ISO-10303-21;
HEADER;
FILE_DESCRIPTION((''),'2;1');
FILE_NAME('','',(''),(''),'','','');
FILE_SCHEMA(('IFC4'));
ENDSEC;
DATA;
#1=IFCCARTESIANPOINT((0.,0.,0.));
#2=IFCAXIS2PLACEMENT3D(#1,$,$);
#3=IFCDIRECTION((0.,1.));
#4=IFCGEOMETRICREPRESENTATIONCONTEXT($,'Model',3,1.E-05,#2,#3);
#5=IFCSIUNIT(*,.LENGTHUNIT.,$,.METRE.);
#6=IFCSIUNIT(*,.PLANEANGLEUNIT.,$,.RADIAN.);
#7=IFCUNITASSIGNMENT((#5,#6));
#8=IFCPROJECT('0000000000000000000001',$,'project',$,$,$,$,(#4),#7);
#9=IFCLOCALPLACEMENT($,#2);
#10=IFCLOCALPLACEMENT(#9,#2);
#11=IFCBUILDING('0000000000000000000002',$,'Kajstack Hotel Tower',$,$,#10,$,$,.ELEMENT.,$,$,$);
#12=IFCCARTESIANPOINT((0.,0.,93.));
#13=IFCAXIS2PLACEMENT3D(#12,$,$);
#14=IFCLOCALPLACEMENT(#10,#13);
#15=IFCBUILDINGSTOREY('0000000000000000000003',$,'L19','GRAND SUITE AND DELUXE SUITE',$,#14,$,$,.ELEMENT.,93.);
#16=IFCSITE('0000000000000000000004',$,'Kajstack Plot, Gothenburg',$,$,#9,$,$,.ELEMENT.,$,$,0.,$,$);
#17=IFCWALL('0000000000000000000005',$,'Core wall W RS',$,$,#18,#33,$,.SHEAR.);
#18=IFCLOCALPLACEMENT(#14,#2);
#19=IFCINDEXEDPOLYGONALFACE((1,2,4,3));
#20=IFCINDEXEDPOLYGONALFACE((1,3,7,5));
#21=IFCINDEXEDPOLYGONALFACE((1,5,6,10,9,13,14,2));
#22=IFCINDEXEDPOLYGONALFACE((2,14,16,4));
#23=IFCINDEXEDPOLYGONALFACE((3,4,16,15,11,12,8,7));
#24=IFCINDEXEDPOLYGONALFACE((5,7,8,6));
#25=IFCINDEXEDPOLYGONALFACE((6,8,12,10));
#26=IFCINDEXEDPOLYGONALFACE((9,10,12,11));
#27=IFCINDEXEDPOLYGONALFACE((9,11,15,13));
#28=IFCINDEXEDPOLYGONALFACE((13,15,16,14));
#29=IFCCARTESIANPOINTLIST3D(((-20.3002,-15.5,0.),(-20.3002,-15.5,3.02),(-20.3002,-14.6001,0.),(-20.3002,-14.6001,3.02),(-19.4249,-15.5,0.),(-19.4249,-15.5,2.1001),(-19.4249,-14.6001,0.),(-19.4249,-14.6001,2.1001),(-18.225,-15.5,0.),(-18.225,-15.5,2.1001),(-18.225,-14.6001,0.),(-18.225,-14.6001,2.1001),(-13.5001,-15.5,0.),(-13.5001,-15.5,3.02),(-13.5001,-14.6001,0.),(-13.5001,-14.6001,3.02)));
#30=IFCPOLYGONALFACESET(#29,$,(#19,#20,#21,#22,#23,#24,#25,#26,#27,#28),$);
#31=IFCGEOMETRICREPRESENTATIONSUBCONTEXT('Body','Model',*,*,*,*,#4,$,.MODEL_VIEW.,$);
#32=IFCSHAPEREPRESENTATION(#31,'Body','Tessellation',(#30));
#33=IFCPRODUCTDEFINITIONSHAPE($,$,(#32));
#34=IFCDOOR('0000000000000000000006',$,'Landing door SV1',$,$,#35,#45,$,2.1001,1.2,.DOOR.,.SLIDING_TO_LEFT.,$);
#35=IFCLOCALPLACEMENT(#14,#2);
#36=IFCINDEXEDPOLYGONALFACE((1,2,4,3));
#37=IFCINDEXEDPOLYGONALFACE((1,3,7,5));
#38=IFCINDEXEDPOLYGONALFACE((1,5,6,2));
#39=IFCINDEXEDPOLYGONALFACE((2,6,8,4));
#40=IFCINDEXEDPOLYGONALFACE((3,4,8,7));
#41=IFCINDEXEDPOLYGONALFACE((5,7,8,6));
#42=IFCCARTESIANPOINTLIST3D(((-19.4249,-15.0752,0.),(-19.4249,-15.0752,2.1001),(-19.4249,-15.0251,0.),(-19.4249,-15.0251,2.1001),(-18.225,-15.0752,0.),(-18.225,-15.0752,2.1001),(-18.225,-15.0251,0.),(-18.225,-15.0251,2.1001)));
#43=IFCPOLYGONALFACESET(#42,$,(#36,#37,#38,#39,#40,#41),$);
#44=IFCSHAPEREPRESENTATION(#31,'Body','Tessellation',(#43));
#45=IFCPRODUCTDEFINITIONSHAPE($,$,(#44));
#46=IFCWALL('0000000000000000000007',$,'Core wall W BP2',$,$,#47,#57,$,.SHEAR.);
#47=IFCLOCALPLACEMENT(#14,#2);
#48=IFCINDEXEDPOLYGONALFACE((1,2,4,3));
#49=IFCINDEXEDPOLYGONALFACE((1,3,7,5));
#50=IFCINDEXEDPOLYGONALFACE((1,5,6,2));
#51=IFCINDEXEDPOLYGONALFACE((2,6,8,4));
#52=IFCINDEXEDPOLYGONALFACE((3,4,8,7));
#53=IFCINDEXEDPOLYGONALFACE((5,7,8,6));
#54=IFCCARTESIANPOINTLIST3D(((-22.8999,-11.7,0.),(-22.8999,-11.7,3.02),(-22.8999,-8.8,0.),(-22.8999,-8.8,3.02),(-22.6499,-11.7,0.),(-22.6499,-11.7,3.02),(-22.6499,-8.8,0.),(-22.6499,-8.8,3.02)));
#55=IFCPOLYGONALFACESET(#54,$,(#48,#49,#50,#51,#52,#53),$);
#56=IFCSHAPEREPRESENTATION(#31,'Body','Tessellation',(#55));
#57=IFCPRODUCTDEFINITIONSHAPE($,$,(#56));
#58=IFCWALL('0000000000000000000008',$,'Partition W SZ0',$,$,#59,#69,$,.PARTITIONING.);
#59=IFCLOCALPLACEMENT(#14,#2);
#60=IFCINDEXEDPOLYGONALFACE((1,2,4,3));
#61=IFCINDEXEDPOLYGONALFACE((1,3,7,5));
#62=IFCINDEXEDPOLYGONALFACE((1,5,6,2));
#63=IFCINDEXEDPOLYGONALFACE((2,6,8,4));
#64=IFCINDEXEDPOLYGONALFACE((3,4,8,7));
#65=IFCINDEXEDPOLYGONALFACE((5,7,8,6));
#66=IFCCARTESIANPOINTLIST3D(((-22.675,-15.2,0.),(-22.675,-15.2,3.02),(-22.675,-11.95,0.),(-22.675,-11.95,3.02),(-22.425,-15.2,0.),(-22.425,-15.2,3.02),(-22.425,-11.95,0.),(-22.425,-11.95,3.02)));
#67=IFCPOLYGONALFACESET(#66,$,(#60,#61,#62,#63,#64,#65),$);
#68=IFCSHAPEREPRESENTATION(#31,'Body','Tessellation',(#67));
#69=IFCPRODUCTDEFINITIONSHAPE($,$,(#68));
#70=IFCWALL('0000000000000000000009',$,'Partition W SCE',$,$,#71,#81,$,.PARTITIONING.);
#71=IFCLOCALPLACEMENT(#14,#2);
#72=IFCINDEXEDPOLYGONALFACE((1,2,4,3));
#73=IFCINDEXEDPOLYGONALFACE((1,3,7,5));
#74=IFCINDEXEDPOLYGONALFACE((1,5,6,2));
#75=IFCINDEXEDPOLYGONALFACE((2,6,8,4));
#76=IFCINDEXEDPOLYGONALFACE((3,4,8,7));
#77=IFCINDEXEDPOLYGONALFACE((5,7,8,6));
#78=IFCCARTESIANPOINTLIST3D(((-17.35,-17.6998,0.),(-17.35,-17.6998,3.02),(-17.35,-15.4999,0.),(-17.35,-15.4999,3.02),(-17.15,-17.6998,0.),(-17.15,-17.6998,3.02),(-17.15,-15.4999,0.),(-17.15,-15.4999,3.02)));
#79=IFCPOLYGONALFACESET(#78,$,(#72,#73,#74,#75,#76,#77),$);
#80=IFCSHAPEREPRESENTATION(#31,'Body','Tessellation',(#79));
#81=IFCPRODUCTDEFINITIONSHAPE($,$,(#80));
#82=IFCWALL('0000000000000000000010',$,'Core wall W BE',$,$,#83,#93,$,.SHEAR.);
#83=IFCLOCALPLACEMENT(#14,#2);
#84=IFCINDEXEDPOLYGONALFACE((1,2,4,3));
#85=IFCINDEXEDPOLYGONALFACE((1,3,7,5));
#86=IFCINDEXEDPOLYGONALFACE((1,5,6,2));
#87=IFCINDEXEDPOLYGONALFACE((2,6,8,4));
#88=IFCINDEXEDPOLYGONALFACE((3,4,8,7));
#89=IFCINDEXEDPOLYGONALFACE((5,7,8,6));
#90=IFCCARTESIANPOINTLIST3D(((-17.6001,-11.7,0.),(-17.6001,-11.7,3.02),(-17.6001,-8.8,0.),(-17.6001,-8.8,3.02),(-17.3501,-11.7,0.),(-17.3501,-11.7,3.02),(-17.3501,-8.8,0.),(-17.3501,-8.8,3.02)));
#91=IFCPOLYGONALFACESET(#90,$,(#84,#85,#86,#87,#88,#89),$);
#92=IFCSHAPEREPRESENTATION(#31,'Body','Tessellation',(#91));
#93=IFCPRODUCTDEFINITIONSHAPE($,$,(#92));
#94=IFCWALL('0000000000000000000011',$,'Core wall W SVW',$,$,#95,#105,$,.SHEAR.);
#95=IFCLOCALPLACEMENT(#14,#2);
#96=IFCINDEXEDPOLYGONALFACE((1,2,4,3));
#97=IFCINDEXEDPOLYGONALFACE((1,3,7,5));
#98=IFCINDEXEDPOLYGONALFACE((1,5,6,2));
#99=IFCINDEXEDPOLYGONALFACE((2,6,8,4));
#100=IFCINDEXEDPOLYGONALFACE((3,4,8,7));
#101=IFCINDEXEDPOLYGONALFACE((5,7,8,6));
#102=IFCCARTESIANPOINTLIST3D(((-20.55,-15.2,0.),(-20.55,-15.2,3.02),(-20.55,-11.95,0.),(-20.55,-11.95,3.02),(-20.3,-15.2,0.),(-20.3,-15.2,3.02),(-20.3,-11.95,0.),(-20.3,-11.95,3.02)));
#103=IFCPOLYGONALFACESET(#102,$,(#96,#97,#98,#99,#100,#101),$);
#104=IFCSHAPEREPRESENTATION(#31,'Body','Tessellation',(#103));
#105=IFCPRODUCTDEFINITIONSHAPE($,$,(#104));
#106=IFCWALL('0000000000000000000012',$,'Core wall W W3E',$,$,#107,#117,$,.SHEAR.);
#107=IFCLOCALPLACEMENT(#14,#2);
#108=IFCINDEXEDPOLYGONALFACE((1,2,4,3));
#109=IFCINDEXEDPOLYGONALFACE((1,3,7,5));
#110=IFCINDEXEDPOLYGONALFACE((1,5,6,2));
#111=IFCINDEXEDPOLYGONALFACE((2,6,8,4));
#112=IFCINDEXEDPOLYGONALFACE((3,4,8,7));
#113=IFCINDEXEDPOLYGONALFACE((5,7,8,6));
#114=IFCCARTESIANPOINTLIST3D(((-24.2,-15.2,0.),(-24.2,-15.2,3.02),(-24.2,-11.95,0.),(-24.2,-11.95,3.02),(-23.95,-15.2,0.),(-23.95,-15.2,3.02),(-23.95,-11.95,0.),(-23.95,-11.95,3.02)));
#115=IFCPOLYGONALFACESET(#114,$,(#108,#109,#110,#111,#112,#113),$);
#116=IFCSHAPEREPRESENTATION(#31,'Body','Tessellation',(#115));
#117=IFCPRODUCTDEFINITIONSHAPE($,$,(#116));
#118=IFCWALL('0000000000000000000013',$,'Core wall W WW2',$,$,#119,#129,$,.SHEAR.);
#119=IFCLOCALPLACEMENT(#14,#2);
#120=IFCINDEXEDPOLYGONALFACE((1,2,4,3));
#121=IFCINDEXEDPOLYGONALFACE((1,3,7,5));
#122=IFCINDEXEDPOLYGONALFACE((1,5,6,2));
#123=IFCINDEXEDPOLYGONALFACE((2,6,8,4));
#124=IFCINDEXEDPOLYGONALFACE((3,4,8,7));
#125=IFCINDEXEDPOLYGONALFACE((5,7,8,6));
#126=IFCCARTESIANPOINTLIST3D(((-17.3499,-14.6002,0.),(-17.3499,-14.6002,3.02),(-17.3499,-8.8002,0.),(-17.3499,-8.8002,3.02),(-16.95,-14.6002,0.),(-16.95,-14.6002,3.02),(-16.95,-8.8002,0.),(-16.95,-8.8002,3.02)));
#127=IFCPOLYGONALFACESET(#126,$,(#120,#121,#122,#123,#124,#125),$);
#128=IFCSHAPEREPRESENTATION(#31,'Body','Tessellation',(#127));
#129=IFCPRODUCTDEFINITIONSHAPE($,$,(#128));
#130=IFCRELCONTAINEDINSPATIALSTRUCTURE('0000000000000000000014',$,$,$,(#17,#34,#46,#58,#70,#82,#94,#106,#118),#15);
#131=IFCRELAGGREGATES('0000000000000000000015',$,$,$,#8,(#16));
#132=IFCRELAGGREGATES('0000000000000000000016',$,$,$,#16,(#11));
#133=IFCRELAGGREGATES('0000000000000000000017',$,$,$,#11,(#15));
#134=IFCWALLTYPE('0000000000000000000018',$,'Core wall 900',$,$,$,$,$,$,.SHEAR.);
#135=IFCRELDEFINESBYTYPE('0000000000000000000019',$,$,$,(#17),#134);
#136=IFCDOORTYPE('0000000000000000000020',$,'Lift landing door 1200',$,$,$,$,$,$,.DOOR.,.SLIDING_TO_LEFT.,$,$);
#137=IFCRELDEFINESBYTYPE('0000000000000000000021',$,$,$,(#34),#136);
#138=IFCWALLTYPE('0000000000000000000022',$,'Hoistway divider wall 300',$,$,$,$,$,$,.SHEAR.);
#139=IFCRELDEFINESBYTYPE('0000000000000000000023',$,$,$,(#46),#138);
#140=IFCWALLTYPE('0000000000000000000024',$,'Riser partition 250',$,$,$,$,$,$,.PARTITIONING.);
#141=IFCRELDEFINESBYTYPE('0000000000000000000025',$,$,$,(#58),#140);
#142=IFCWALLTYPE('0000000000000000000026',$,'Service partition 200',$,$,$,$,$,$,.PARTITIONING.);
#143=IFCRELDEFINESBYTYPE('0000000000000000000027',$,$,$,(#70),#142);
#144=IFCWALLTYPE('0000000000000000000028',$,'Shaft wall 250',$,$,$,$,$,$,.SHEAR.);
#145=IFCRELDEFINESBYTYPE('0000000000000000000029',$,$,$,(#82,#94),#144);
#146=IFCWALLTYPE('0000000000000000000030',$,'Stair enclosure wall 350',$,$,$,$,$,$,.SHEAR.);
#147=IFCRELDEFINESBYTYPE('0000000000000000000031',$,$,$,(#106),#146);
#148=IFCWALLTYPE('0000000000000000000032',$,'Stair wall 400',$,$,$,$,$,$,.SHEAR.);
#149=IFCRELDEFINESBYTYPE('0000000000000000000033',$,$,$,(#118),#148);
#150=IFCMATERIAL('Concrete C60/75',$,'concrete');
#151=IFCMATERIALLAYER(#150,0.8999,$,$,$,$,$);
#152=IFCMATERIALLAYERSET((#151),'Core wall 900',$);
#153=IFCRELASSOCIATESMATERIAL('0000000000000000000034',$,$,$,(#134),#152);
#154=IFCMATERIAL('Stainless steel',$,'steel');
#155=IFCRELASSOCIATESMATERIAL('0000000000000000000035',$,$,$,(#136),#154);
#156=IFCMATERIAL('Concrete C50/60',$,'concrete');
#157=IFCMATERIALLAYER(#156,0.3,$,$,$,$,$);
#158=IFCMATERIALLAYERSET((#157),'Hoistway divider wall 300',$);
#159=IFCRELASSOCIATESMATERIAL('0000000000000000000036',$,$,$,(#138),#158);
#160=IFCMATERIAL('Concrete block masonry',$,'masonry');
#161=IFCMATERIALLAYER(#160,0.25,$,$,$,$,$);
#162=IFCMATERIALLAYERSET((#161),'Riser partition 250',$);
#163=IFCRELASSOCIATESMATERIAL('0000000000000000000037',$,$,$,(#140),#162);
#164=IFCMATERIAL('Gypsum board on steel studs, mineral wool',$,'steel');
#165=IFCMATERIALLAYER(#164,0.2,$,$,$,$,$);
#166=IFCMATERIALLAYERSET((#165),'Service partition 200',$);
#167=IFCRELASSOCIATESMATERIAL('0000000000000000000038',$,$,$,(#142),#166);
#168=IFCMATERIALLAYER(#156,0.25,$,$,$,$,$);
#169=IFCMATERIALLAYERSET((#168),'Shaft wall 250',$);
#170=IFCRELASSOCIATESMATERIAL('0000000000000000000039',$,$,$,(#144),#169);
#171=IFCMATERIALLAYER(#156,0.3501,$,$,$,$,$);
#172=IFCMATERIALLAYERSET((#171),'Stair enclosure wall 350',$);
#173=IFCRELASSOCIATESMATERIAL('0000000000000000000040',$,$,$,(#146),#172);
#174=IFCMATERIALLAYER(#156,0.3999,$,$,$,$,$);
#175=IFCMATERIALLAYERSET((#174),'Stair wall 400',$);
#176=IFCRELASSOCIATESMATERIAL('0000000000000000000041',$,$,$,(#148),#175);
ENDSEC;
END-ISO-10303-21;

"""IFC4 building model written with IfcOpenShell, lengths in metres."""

from ifc_helpers import new_model, si_unit, direction, frame, frame_2d, origin, place, context, subcontext, project, spatial, rectangle, extrude, material, layer, layer_set, type_object, element, fill, save


model = new_model("IFC4")

# Units and contexts
model_context = context("Model", 3, precision=1e-05, world=origin(), true_north=direction((0.0, 1.0)))
body_context = subcontext(model_context, "Body", "Model", "MODEL_VIEW")
ifc_project = project(units=[si_unit("LENGTHUNIT", "METRE"), si_unit("PLANEANGLEUNIT", "RADIAN")], contexts=[model_context])

# Site, building, storey
site_placement = place(None, origin())
site = spatial("IfcSite", under=ifc_project, at=site_placement, Name="Kajstack Plot, Gothenburg", CompositionType="ELEMENT", RefElevation=0.0)
building_placement = place(site_placement, origin())
building = spatial("IfcBuilding", under=site, at=building_placement, Name="Kajstack Hotel Tower", CompositionType="ELEMENT")
storey_placement = place(building_placement, frame((0.0, 0.0, 93.0)))
storey = spatial("IfcBuildingStorey", under=building, at=storey_placement, Name="L19", Description="GRAND SUITE AND DELUXE SUITE", CompositionType="ELEMENT", Elevation=93.0)

# Wall, opening, door
ifc_material_1 = material(Name="Concrete C60/75", Category="concrete")
ifc_layer_1 = layer(ifc_material_1, 0.8999)
ifc_layer_set_1 = layer_set([ifc_layer_1], Name="Core wall 900")
wall_type_1 = type_object("IfcWallType", Name="Core wall 900", PredefinedType="SHEAR", material=ifc_layer_set_1)
wall_1_placement = place(storey_placement, frame((-20.3, -15.05, 0.0), z_axis=(0.0, 0.0, 1.0), x_axis=(1.0, 0.0, 0.0)))
wall_1 = element("IfcWall", 1, at=wall_1_placement, inside=storey, type_object=wall_type_1, Name="Core wall W RS", PredefinedType="SHEAR", context=body_context, shape_type="SweptSolid", body=[
    extrude(rectangle(XDim=6.8, YDim=0.8999, at=frame_2d((3.3999, 0.0))), origin(), (0.0, 0.0, 1.0), 3.02),
])
opening_placement = place(wall_1_placement, frame((0.875, 0.0, 0.0)))
opening = element("IfcOpeningElement", 2, at=opening_placement, cuts=wall_1, PredefinedType="OPENING", context=body_context, shape_type="SweptSolid", body=[
    extrude(rectangle(XDim=1.2, YDim=2.1001, at=frame_2d((0.6001, 1.05))), frame((0.0, 0.46, 0.0), z_axis=(0.0, -1.0, 0.0), x_axis=(1.0, 0.0, 0.0)), (0.0, 0.0, 1.0), 0.9199),
])
ifc_material_2 = material(Name="Stainless steel", Category="steel")
door_type = type_object("IfcDoorType", Name="Lift landing door 1200", OperationType="SLIDING_TO_LEFT", PredefinedType="DOOR", material=ifc_material_2)
door_placement = place(opening_placement, origin())
door = element("IfcDoor", 3, at=door_placement, inside=storey, type_object=door_type, Name="Landing door SV1", OperationType="SLIDING_TO_LEFT", OverallHeight=2.1001, OverallWidth=1.2, PredefinedType="DOOR", context=body_context, shape_type="SweptSolid", body=[
    extrude(rectangle(XDim=1.2, YDim=2.1001, at=frame_2d((0.6001, 1.05))), frame((0.0, 0.0249, 0.0), z_axis=(0.0, -1.0, 0.0), x_axis=(1.0, 0.0, 0.0)), (0.0, 0.0, 1.0), 0.05),
])
fill(opening, door)

# Walls
ifc_material_3 = material(Name="Concrete C50/60", Category="concrete")
ifc_layer_2 = layer(ifc_material_3, 0.3)
ifc_layer_set_2 = layer_set([ifc_layer_2], Name="Hoistway divider wall 300")
wall_type_2 = type_object("IfcWallType", Name="Hoistway divider wall 300", PredefinedType="SHEAR", material=ifc_layer_set_2)
wall_2_placement = place(storey_placement, frame((-22.7749, -11.7, 0.0), z_axis=(0.0, 0.0, 1.0), x_axis=(0.0, 1.0, 0.0)))
element("IfcWall", 4, at=wall_2_placement, inside=storey, type_object=wall_type_2, Name="Core wall W BP2", PredefinedType="SHEAR", context=body_context, shape_type="SweptSolid", body=[
    extrude(rectangle(XDim=2.8999, YDim=0.25, at=frame_2d((1.45, 0.0))), origin(), (0.0, 0.0, 1.0), 3.02),
])
ifc_material_4 = material(Name="Concrete block masonry", Category="masonry")
ifc_layer_3 = layer(ifc_material_4, 0.25)
ifc_layer_set_3 = layer_set([ifc_layer_3], Name="Riser partition 250")
wall_type_3 = type_object("IfcWallType", Name="Riser partition 250", PredefinedType="PARTITIONING", material=ifc_layer_set_3)
wall_3_placement = place(storey_placement, frame((-22.55, -15.2, 0.0), z_axis=(0.0, 0.0, 1.0), x_axis=(0.0, 1.0, 0.0)))
element("IfcWall", 5, at=wall_3_placement, inside=storey, type_object=wall_type_3, Name="Partition W SZ0", PredefinedType="PARTITIONING", context=body_context, shape_type="SweptSolid", body=[
    extrude(rectangle(XDim=3.25, YDim=0.25, at=frame_2d((1.625, 0.0))), origin(), (0.0, 0.0, 1.0), 3.02),
])
ifc_material_5 = material(Name="Gypsum board on steel studs, mineral wool", Category="steel")
ifc_layer_4 = layer(ifc_material_5, 0.2)
ifc_layer_set_4 = layer_set([ifc_layer_4], Name="Service partition 200")
wall_type_4 = type_object("IfcWallType", Name="Service partition 200", PredefinedType="PARTITIONING", material=ifc_layer_set_4)
wall_4_placement = place(storey_placement, frame((-17.25, -17.7, 0.0), z_axis=(0.0, 0.0, 1.0), x_axis=(0.0, 1.0, 0.0)))
element("IfcWall", 6, at=wall_4_placement, inside=storey, type_object=wall_type_4, Name="Partition W SCE", PredefinedType="PARTITIONING", context=body_context, shape_type="SweptSolid", body=[
    extrude(rectangle(XDim=2.2, YDim=0.2, at=frame_2d((1.1001, 0.0))), origin(), (0.0, 0.0, 1.0), 3.02),
])
ifc_layer_5 = layer(ifc_material_3, 0.25)
ifc_layer_set_5 = layer_set([ifc_layer_5], Name="Shaft wall 250")
wall_type_5 = type_object("IfcWallType", Name="Shaft wall 250", PredefinedType="SHEAR", material=ifc_layer_set_5)
wall_5_placement = place(storey_placement, frame((-17.4751, -11.7, 0.0), z_axis=(0.0, 0.0, 1.0), x_axis=(0.0, 1.0, 0.0)))
element("IfcWall", 7, at=wall_5_placement, inside=storey, type_object=wall_type_5, Name="Core wall W BE", PredefinedType="SHEAR", context=body_context, shape_type="SweptSolid", body=[
    extrude(rectangle(XDim=2.8999, YDim=0.25, at=frame_2d((1.45, 0.0))), origin(), (0.0, 0.0, 1.0), 3.02),
])
wall_6_placement = place(storey_placement, frame((-20.425, -15.2, 0.0), z_axis=(0.0, 0.0, 1.0), x_axis=(0.0, 1.0, 0.0)))
element("IfcWall", 8, at=wall_6_placement, inside=storey, type_object=wall_type_5, Name="Core wall W SVW", PredefinedType="SHEAR", context=body_context, shape_type="SweptSolid", body=[
    extrude(rectangle(XDim=3.25, YDim=0.25, at=frame_2d((1.625, 0.0))), origin(), (0.0, 0.0, 1.0), 3.02),
])
ifc_layer_6 = layer(ifc_material_3, 0.3501)
ifc_layer_set_6 = layer_set([ifc_layer_6], Name="Stair enclosure wall 350")
wall_type_6 = type_object("IfcWallType", Name="Stair enclosure wall 350", PredefinedType="SHEAR", material=ifc_layer_set_6)
wall_7_placement = place(storey_placement, frame((-24.075, -15.2, 0.0), z_axis=(0.0, 0.0, 1.0), x_axis=(0.0, 1.0, 0.0)))
element("IfcWall", 9, at=wall_7_placement, inside=storey, type_object=wall_type_6, Name="Core wall W W3E", PredefinedType="SHEAR", context=body_context, shape_type="SweptSolid", body=[
    extrude(rectangle(XDim=3.25, YDim=0.25, at=frame_2d((1.625, 0.0))), origin(), (0.0, 0.0, 1.0), 3.02),
])
ifc_layer_7 = layer(ifc_material_3, 0.3999)
ifc_layer_set_7 = layer_set([ifc_layer_7], Name="Stair wall 400")
wall_type_7 = type_object("IfcWallType", Name="Stair wall 400", PredefinedType="SHEAR", material=ifc_layer_set_7)
wall_8_placement = place(storey_placement, frame((-17.1499, -14.6001, 0.0), z_axis=(0.0, 0.0, 1.0), x_axis=(0.0, 1.0, 0.0)))
element("IfcWall", 10, at=wall_8_placement, inside=storey, type_object=wall_type_7, Name="Core wall W WW2", PredefinedType="SHEAR", context=body_context, shape_type="SweptSolid", body=[
    extrude(rectangle(XDim=5.8, YDim=0.3999, at=frame_2d((2.8999, 0.0))), origin(), (0.0, 0.0, 1.0), 3.02),
])

save(model, "model.ifc")
